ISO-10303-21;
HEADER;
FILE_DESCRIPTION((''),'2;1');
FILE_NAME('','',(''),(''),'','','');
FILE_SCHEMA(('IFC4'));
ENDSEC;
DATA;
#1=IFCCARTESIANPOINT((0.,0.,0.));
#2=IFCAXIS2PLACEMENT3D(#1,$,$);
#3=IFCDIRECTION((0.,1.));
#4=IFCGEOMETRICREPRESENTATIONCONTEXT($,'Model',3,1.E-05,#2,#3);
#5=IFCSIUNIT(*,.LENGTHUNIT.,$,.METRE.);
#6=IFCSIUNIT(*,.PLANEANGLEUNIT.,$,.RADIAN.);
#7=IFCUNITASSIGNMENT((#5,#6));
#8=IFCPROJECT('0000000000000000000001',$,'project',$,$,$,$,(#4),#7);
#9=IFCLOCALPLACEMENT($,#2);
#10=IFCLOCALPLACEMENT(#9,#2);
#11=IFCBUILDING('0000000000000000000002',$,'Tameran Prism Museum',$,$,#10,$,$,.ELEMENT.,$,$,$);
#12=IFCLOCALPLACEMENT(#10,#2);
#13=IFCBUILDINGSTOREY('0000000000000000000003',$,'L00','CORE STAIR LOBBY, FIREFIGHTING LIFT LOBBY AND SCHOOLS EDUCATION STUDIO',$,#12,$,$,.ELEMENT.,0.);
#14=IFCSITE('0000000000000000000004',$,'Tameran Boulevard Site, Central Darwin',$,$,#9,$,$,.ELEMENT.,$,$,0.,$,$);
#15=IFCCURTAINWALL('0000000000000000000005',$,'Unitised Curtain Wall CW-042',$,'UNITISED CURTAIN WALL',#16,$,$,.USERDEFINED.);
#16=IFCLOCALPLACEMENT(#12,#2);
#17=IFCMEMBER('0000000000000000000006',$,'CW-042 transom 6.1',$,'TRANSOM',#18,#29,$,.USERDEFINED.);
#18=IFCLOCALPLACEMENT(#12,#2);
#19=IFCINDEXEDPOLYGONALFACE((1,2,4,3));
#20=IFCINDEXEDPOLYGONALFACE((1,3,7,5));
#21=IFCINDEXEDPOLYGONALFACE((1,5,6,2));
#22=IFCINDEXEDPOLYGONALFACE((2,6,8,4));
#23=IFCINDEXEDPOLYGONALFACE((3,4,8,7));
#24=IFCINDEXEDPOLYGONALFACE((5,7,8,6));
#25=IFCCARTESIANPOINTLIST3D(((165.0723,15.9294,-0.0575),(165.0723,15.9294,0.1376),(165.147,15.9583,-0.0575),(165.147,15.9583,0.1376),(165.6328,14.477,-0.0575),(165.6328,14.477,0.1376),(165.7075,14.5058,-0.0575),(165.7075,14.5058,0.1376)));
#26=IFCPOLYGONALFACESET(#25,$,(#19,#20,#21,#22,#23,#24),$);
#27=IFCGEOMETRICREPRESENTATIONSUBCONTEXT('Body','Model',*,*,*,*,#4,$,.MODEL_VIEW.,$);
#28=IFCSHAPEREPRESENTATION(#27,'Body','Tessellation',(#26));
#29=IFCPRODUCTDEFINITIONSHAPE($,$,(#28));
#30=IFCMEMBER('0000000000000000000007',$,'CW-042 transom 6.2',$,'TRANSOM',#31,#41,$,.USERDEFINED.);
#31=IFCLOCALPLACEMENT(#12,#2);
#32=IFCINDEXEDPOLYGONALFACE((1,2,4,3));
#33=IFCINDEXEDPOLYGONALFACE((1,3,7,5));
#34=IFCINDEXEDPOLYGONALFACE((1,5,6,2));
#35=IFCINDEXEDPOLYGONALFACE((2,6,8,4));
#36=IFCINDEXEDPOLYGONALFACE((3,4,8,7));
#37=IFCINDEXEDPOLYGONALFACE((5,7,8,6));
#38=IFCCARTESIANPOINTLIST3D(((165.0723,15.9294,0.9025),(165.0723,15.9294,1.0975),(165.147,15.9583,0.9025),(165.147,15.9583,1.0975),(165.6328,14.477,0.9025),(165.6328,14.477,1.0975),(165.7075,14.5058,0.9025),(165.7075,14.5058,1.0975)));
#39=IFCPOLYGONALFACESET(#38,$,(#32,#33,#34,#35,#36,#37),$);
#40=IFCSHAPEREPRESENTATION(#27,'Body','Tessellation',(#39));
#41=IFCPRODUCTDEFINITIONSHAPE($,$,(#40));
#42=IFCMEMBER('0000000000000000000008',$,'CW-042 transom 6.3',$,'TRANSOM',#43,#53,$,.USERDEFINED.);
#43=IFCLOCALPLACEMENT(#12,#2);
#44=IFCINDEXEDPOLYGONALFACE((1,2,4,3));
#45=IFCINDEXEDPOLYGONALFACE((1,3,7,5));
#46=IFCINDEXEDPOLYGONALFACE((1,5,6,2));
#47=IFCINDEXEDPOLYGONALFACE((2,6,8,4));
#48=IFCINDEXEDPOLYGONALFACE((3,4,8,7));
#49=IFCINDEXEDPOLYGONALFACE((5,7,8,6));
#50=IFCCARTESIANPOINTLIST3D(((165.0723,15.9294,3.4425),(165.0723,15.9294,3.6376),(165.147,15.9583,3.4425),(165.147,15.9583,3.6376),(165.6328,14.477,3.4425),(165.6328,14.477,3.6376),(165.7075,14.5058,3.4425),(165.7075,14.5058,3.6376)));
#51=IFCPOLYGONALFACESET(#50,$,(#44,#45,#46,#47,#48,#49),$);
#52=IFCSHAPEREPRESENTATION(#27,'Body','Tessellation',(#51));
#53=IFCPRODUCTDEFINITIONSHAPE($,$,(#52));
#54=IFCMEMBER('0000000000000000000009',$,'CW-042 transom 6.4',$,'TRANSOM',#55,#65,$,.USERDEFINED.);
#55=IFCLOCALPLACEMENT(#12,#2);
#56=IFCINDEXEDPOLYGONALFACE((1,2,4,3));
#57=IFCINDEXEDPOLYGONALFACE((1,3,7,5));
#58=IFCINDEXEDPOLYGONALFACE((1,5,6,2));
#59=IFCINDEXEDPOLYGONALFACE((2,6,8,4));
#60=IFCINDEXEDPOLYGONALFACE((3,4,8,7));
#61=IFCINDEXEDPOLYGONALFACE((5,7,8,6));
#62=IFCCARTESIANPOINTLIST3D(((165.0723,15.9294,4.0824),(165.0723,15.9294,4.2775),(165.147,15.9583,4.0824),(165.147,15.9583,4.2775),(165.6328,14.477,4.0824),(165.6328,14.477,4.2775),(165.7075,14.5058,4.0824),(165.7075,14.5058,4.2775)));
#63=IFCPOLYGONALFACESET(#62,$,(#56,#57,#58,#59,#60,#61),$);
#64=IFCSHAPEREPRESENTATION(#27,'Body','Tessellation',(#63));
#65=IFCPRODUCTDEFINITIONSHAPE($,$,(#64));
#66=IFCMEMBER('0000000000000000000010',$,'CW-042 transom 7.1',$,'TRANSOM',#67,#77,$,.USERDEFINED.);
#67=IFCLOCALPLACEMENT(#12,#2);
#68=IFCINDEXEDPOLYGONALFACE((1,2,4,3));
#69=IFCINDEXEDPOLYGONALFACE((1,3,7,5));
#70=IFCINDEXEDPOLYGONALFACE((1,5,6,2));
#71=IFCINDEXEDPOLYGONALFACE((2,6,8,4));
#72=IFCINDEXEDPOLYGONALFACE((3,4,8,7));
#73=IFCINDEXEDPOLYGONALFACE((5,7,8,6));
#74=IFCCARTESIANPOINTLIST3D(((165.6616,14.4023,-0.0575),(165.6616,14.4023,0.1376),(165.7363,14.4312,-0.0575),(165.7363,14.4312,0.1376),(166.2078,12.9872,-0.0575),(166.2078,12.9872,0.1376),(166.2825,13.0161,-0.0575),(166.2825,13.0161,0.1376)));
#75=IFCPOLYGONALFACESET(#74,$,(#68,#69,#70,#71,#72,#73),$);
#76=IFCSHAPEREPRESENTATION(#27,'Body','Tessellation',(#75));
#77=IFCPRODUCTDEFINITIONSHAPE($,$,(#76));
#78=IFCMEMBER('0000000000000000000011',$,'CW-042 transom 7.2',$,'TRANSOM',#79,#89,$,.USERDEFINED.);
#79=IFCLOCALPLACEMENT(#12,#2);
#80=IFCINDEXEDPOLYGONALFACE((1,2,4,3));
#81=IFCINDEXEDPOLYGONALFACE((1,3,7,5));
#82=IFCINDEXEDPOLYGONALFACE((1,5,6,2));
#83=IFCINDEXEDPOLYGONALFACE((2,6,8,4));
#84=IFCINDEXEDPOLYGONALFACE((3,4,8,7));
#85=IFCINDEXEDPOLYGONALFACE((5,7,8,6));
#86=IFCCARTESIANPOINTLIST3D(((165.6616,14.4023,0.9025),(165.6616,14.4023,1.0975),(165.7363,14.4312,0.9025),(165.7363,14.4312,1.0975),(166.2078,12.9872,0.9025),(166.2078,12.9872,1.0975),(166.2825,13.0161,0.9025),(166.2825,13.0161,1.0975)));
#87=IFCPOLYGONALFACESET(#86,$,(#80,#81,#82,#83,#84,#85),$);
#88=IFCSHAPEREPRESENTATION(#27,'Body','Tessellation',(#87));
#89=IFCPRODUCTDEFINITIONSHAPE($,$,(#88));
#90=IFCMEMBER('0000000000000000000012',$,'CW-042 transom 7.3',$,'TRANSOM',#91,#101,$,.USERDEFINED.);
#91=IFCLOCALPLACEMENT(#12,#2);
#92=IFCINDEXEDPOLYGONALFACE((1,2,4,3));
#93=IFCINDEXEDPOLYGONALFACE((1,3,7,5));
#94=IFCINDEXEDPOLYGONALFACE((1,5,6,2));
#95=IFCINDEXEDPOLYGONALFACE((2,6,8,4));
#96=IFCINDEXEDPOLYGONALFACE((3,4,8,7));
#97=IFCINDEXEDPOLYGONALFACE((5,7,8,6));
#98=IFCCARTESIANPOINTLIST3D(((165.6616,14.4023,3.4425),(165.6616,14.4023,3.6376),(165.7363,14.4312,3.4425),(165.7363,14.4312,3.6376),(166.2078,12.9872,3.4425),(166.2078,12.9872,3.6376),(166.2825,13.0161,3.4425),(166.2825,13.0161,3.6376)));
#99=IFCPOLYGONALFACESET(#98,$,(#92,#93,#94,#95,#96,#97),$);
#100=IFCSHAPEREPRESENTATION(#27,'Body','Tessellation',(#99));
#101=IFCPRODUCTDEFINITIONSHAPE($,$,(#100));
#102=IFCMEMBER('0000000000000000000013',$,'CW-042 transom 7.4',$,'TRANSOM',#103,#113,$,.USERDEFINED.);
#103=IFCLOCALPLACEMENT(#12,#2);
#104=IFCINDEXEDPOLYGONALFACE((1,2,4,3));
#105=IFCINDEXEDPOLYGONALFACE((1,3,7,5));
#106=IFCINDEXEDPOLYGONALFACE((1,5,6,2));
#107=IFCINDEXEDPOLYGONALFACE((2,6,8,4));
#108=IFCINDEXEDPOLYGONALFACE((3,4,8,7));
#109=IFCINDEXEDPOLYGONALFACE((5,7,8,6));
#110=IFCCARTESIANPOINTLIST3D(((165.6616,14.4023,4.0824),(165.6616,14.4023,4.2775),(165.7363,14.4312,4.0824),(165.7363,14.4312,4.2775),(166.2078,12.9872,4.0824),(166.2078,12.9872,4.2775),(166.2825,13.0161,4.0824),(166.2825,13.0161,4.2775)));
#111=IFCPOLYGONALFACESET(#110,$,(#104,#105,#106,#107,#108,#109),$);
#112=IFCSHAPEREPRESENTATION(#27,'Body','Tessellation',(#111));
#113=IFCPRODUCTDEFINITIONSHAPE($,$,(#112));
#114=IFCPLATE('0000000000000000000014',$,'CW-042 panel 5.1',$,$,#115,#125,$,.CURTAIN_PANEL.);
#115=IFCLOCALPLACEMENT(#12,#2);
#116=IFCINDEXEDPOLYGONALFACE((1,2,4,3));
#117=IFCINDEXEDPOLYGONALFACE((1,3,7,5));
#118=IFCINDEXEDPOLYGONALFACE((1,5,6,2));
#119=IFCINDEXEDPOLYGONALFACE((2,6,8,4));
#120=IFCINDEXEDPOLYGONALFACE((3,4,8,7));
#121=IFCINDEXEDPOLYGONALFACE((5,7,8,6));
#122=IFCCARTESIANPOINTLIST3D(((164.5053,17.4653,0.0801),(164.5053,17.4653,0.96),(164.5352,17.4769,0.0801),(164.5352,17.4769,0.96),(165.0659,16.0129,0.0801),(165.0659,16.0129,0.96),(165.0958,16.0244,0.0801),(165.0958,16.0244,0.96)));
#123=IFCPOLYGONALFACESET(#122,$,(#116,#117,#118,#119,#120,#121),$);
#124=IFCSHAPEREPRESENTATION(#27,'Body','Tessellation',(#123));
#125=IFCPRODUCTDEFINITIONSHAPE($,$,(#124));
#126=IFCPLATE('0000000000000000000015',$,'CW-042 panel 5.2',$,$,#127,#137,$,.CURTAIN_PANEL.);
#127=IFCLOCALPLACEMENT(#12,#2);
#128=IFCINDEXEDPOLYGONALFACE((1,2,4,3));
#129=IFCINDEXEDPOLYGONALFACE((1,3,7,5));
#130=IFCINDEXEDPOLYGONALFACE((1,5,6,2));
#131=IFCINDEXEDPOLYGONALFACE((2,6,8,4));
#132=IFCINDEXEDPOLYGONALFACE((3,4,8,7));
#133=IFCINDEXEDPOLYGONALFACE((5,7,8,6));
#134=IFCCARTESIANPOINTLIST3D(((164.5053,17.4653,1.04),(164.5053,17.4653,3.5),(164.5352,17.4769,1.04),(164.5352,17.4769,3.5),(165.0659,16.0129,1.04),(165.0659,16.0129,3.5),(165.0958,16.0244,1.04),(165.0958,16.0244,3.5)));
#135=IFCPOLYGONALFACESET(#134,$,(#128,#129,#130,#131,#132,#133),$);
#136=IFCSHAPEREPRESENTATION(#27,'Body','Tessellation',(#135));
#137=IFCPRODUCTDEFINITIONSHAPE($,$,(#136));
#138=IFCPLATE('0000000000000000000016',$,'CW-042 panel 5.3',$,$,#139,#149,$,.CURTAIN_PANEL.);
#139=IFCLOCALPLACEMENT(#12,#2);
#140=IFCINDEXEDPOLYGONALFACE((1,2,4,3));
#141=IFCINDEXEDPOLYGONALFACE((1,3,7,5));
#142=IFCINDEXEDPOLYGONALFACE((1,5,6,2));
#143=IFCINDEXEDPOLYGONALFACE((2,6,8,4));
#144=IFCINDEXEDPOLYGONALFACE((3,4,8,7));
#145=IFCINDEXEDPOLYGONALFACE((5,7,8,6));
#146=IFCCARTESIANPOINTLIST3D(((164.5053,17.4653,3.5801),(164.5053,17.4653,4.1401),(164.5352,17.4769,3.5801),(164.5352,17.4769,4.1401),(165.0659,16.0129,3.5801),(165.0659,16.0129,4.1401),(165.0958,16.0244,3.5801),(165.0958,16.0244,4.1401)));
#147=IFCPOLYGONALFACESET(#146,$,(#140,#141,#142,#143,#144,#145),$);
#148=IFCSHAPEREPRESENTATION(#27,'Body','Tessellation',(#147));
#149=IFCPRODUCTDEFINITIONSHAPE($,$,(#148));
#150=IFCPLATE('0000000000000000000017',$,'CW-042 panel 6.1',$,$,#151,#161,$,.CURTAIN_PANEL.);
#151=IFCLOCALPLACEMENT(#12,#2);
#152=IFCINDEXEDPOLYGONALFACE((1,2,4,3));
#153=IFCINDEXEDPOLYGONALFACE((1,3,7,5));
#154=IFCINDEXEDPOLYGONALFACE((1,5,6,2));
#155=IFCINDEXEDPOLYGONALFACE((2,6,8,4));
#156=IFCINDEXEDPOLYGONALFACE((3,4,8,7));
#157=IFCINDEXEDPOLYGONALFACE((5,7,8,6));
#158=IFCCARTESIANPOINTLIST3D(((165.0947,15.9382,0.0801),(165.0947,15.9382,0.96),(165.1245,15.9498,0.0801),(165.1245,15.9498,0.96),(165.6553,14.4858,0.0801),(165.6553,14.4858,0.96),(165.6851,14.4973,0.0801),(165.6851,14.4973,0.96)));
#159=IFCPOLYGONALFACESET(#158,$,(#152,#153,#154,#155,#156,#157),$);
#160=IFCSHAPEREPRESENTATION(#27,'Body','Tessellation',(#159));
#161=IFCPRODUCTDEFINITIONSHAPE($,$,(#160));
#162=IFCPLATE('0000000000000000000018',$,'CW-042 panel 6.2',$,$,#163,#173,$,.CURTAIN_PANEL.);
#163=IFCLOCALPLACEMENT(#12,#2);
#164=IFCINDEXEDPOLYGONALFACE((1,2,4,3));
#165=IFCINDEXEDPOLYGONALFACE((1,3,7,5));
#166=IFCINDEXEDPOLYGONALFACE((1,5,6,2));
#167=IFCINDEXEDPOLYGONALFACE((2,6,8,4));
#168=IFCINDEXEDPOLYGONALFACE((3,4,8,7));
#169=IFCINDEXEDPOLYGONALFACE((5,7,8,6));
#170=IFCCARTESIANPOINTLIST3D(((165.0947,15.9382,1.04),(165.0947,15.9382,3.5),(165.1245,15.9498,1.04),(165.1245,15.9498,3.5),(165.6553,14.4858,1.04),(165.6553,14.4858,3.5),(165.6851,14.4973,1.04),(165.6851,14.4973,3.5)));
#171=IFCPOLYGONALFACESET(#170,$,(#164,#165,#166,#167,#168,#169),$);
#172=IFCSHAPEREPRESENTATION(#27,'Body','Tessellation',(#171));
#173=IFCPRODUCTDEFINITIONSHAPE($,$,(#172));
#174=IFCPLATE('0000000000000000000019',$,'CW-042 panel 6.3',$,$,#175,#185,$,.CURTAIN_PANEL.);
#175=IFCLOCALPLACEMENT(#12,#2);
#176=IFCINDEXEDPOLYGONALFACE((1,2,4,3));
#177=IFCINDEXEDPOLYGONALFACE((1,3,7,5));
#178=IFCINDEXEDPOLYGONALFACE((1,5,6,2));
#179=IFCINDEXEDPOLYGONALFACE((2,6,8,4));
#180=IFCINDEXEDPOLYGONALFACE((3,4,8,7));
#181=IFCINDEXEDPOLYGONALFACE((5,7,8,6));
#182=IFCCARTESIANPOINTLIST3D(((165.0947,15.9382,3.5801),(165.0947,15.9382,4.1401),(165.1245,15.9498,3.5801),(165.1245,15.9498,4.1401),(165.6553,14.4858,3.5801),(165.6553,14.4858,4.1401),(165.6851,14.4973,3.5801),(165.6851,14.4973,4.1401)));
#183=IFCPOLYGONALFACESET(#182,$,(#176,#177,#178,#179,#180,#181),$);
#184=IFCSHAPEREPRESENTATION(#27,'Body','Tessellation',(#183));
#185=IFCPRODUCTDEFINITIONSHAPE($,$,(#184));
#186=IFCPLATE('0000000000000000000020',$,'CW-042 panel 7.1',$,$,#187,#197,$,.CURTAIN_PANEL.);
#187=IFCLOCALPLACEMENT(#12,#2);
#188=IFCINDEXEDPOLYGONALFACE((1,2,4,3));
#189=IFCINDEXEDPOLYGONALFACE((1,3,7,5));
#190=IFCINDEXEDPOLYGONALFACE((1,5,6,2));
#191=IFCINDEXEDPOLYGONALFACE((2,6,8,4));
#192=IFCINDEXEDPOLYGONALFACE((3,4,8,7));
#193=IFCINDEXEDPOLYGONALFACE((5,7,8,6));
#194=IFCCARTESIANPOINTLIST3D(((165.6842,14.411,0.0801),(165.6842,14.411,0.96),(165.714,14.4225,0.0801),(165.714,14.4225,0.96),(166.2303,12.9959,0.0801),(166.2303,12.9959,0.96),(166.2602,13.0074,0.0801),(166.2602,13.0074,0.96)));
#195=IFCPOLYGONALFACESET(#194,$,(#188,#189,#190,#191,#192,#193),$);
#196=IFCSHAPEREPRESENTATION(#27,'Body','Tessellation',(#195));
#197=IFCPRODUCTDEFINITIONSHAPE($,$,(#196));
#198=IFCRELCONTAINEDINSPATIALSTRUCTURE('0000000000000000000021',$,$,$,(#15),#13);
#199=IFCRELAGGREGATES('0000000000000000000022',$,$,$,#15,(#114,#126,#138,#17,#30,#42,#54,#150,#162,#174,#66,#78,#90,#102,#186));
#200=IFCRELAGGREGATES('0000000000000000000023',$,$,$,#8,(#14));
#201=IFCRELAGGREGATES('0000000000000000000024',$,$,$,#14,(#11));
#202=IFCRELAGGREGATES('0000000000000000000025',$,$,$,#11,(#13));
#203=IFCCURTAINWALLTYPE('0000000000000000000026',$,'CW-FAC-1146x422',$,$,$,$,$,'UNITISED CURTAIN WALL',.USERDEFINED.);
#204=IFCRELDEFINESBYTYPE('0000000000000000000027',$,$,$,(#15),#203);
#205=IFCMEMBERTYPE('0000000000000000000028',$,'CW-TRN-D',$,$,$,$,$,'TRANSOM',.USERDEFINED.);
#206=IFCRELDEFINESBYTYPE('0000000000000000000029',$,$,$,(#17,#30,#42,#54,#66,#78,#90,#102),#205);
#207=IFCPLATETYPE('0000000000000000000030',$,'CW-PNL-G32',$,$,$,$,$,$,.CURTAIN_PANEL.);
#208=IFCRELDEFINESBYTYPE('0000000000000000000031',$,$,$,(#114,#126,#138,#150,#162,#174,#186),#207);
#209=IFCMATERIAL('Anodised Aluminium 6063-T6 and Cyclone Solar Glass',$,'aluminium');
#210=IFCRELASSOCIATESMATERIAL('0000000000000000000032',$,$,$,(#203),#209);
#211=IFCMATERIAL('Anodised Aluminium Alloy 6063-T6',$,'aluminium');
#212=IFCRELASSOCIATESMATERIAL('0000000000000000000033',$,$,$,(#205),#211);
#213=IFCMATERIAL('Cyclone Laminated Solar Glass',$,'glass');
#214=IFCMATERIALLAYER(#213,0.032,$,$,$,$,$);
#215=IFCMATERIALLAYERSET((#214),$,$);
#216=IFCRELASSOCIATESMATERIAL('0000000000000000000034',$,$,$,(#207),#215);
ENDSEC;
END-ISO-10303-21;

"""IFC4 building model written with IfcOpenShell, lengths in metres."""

from ifc_helpers import new_model, si_unit, direction, frame, origin, origin_2d, place, context, subcontext, project, spatial, rectangle, extrude, material, layer, layer_set, material_profile, profile_set, type_object, element, aggregate, save


model = new_model("IFC4")

# Units and contexts
model_context = context("Model", 3, precision=1e-05, world=origin(), true_north=direction((0.0, 1.0)))
body_context = subcontext(model_context, "Body", "Model", "MODEL_VIEW")
ifc_project = project(units=[si_unit("LENGTHUNIT", "METRE"), si_unit("PLANEANGLEUNIT", "RADIAN")], contexts=[model_context])

# Site, building, storey
site_placement = place(None, origin())
site = spatial("IfcSite", under=ifc_project, at=site_placement, Name="Tameran Boulevard Site, Central Darwin", CompositionType="ELEMENT", RefElevation=0.0)
building_placement = place(site_placement, origin())
building = spatial("IfcBuilding", under=site, at=building_placement, Name="Tameran Prism Museum", CompositionType="ELEMENT")
storey_placement = place(building_placement, origin())
storey = spatial("IfcBuildingStorey", under=building, at=storey_placement, Name="L00", Description="CORE STAIR LOBBY, FIREFIGHTING LIFT LOBBY AND SCHOOLS EDUCATION STUDIO", CompositionType="ELEMENT", Elevation=0.0)

# Curtain wall
ifc_material_1 = material(Name="Anodised Aluminium 6063-T6 and Cyclone Solar Glass", Category="aluminium")
curtain_wall_type_1 = type_object("IfcCurtainWallType", Name="CW-FAC-1146x422", ElementType="UNITISED CURTAIN WALL", PredefinedType="USERDEFINED", material=ifc_material_1)
curtain_wall_1_placement = place(storey_placement, origin())
curtain_wall_1 = element("IfcCurtainWall", 1, at=curtain_wall_1_placement, inside=storey, type_object=curtain_wall_type_1, Name="Unitised Curtain Wall CW-042", ObjectType="UNITISED CURTAIN WALL", PredefinedType="USERDEFINED")

# Members
ifc_material_2 = material(Name="Anodised Aluminium Alloy 6063-T6", Category="aluminium")
ifc_material_profile_1 = material_profile(ifc_material_2, rectangle(XDim=0.0801, YDim=0.1951, at=origin_2d()))
ifc_profile_set_1 = profile_set([ifc_material_profile_1])
member_type_1 = type_object("IfcMemberType", Name="CW-TRN-D", ElementType="TRANSOM", PredefinedType="USERDEFINED", material=ifc_profile_set_1)
member_1_placement = place(storey_placement, frame((165.1096, 15.9438, 0.04), z_axis=(0.360061, -0.932929, 0.0), x_axis=(0.932929, 0.360061, 0.0)))
member_1 = element("IfcMember", 2, at=member_1_placement, type_object=member_type_1, Name="CW-042 transom 6.1", ObjectType="TRANSOM", PredefinedType="USERDEFINED", context=body_context, shape_type="SweptSolid", body=[
    extrude(rectangle(XDim=0.0801, YDim=0.1951, at=origin_2d()), origin(), (0.0, 0.0, 1.0), 1.5569),
])
member_2_placement = place(storey_placement, frame((165.1096, 15.9438, 1.0), z_axis=(0.360061, -0.932929, 0.0), x_axis=(0.932929, 0.360061, 0.0)))
member_2 = element("IfcMember", 3, at=member_2_placement, type_object=member_type_1, Name="CW-042 transom 6.2", ObjectType="TRANSOM", PredefinedType="USERDEFINED", context=body_context, shape_type="SweptSolid", body=[
    extrude(rectangle(XDim=0.0801, YDim=0.1951, at=origin_2d()), origin(), (0.0, 0.0, 1.0), 1.5569),
])
member_3_placement = place(storey_placement, frame((165.1096, 15.9438, 3.54), z_axis=(0.360061, -0.932929, 0.0), x_axis=(0.932929, 0.360061, 0.0)))
member_3 = element("IfcMember", 4, at=member_3_placement, type_object=member_type_1, Name="CW-042 transom 6.3", ObjectType="TRANSOM", PredefinedType="USERDEFINED", context=body_context, shape_type="SweptSolid", body=[
    extrude(rectangle(XDim=0.0801, YDim=0.1951, at=origin_2d()), origin(), (0.0, 0.0, 1.0), 1.5569),
])
member_4_placement = place(storey_placement, frame((165.1096, 15.9438, 4.1799), z_axis=(0.360061, -0.932929, 0.0), x_axis=(0.932929, 0.360061, 0.0)))
member_4 = element("IfcMember", 5, at=member_4_placement, type_object=member_type_1, Name="CW-042 transom 6.4", ObjectType="TRANSOM", PredefinedType="USERDEFINED", context=body_context, shape_type="SweptSolid", body=[
    extrude(rectangle(XDim=0.0801, YDim=0.1951, at=origin_2d()), origin(), (0.0, 0.0, 1.0), 1.5569),
])
member_5_placement = place(storey_placement, frame((165.699, 14.4167, 0.04), z_axis=(0.360068, -0.932926, 0.0), x_axis=(0.932926, 0.360068, 0.0)))
member_5 = element("IfcMember", 6, at=member_5_placement, type_object=member_type_1, Name="CW-042 transom 7.1", ObjectType="TRANSOM", PredefinedType="USERDEFINED", context=body_context, shape_type="SweptSolid", body=[
    extrude(rectangle(XDim=0.0801, YDim=0.1951, at=origin_2d()), origin(), (0.0, 0.0, 1.0), 1.5168),
])
member_6_placement = place(storey_placement, frame((165.699, 14.4167, 1.0), z_axis=(0.360068, -0.932926, 0.0), x_axis=(0.932926, 0.360068, 0.0)))
member_6 = element("IfcMember", 7, at=member_6_placement, type_object=member_type_1, Name="CW-042 transom 7.2", ObjectType="TRANSOM", PredefinedType="USERDEFINED", context=body_context, shape_type="SweptSolid", body=[
    extrude(rectangle(XDim=0.0801, YDim=0.1951, at=origin_2d()), origin(), (0.0, 0.0, 1.0), 1.5168),
])
member_7_placement = place(storey_placement, frame((165.699, 14.4167, 3.54), z_axis=(0.360068, -0.932926, 0.0), x_axis=(0.932926, 0.360068, 0.0)))
member_7 = element("IfcMember", 8, at=member_7_placement, type_object=member_type_1, Name="CW-042 transom 7.3", ObjectType="TRANSOM", PredefinedType="USERDEFINED", context=body_context, shape_type="SweptSolid", body=[
    extrude(rectangle(XDim=0.0801, YDim=0.1951, at=origin_2d()), origin(), (0.0, 0.0, 1.0), 1.5168),
])
member_8_placement = place(storey_placement, frame((165.699, 14.4167, 4.1799), z_axis=(0.360068, -0.932926, 0.0), x_axis=(0.932926, 0.360068, 0.0)))
member_8 = element("IfcMember", 9, at=member_8_placement, type_object=member_type_1, Name="CW-042 transom 7.4", ObjectType="TRANSOM", PredefinedType="USERDEFINED", context=body_context, shape_type="SweptSolid", body=[
    extrude(rectangle(XDim=0.0801, YDim=0.1951, at=origin_2d()), origin(), (0.0, 0.0, 1.0), 1.5168),
])

# Plates
ifc_material_3 = material(Name="Cyclone Laminated Solar Glass", Category="glass")
ifc_layer_1 = layer(ifc_material_3, 0.032)
ifc_layer_set_1 = layer_set([ifc_layer_1])
plate_type = type_object("IfcPlateType", Name="CW-PNL-G32", PredefinedType="CURTAIN_PANEL", material=ifc_layer_set_1)
plate_1_placement = place(storey_placement, frame((164.8005, 16.7449, 0.0801), z_axis=(0.0, 0.0, 1.0), x_axis=(0.360078, -0.932922, 0.0)))
plate_1 = element("IfcPlate", 10, at=plate_1_placement, type_object=plate_type, Name="CW-042 panel 5.1", PredefinedType="CURTAIN_PANEL", context=body_context, shape_type="SweptSolid", body=[
    extrude(rectangle(XDim=1.5569, YDim=0.032, at=origin_2d()), origin(), (0.0, 0.0, 1.0), 0.8799),
])
plate_2_placement = place(storey_placement, frame((164.8005, 16.7449, 1.04), z_axis=(0.0, 0.0, 1.0), x_axis=(0.360078, -0.932922, 0.0)))
plate_2 = element("IfcPlate", 11, at=plate_2_placement, type_object=plate_type, Name="CW-042 panel 5.2", PredefinedType="CURTAIN_PANEL", context=body_context, shape_type="SweptSolid", body=[
    extrude(rectangle(XDim=1.5569, YDim=0.032, at=origin_2d()), origin(), (0.0, 0.0, 1.0), 2.46),
])
plate_3_placement = place(storey_placement, frame((164.8005, 16.7449, 3.5801), z_axis=(0.0, 0.0, 1.0), x_axis=(0.360078, -0.932922, 0.0)))
plate_3 = element("IfcPlate", 12, at=plate_3_placement, type_object=plate_type, Name="CW-042 panel 5.3", PredefinedType="CURTAIN_PANEL", context=body_context, shape_type="SweptSolid", body=[
    extrude(rectangle(XDim=1.5569, YDim=0.032, at=origin_2d()), origin(), (0.0, 0.0, 1.0), 0.5601),
])
plate_4_placement = place(storey_placement, frame((165.3899, 15.2178, 0.0801), z_axis=(0.0, 0.0, 1.0), x_axis=(0.360078, -0.932922, 0.0)))
plate_4 = element("IfcPlate", 13, at=plate_4_placement, type_object=plate_type, Name="CW-042 panel 6.1", PredefinedType="CURTAIN_PANEL", context=body_context, shape_type="SweptSolid", body=[
    extrude(rectangle(XDim=1.5569, YDim=0.032, at=origin_2d()), origin(), (0.0, 0.0, 1.0), 0.8799),
])
plate_5_placement = place(storey_placement, frame((165.3899, 15.2178, 1.04), z_axis=(0.0, 0.0, 1.0), x_axis=(0.360078, -0.932922, 0.0)))
plate_5 = element("IfcPlate", 14, at=plate_5_placement, type_object=plate_type, Name="CW-042 panel 6.2", PredefinedType="CURTAIN_PANEL", context=body_context, shape_type="SweptSolid", body=[
    extrude(rectangle(XDim=1.5569, YDim=0.032, at=origin_2d()), origin(), (0.0, 0.0, 1.0), 2.46),
])
plate_6_placement = place(storey_placement, frame((165.3899, 15.2178, 3.5801), z_axis=(0.0, 0.0, 1.0), x_axis=(0.360078, -0.932922, 0.0)))
plate_6 = element("IfcPlate", 15, at=plate_6_placement, type_object=plate_type, Name="CW-042 panel 6.3", PredefinedType="CURTAIN_PANEL", context=body_context, shape_type="SweptSolid", body=[
    extrude(rectangle(XDim=1.5569, YDim=0.032, at=origin_2d()), origin(), (0.0, 0.0, 1.0), 0.5601),
])
plate_7_placement = place(storey_placement, frame((165.9722, 13.7092, 0.0801), z_axis=(0.0, 0.0, 1.0), x_axis=(0.360078, -0.932922, 0.0)))
plate_7 = element("IfcPlate", 16, at=plate_7_placement, type_object=plate_type, Name="CW-042 panel 7.1", PredefinedType="CURTAIN_PANEL", context=body_context, shape_type="SweptSolid", body=[
    extrude(rectangle(XDim=1.5168, YDim=0.032, at=origin_2d()), origin(), (0.0, 0.0, 1.0), 0.8799),
])
aggregate(curtain_wall_1, [plate_1, plate_2, plate_3, member_1, member_2, member_3, member_4, plate_4, plate_5, plate_6, member_5, member_6, member_7, member_8, plate_7])

save(model, "model.ifc")
